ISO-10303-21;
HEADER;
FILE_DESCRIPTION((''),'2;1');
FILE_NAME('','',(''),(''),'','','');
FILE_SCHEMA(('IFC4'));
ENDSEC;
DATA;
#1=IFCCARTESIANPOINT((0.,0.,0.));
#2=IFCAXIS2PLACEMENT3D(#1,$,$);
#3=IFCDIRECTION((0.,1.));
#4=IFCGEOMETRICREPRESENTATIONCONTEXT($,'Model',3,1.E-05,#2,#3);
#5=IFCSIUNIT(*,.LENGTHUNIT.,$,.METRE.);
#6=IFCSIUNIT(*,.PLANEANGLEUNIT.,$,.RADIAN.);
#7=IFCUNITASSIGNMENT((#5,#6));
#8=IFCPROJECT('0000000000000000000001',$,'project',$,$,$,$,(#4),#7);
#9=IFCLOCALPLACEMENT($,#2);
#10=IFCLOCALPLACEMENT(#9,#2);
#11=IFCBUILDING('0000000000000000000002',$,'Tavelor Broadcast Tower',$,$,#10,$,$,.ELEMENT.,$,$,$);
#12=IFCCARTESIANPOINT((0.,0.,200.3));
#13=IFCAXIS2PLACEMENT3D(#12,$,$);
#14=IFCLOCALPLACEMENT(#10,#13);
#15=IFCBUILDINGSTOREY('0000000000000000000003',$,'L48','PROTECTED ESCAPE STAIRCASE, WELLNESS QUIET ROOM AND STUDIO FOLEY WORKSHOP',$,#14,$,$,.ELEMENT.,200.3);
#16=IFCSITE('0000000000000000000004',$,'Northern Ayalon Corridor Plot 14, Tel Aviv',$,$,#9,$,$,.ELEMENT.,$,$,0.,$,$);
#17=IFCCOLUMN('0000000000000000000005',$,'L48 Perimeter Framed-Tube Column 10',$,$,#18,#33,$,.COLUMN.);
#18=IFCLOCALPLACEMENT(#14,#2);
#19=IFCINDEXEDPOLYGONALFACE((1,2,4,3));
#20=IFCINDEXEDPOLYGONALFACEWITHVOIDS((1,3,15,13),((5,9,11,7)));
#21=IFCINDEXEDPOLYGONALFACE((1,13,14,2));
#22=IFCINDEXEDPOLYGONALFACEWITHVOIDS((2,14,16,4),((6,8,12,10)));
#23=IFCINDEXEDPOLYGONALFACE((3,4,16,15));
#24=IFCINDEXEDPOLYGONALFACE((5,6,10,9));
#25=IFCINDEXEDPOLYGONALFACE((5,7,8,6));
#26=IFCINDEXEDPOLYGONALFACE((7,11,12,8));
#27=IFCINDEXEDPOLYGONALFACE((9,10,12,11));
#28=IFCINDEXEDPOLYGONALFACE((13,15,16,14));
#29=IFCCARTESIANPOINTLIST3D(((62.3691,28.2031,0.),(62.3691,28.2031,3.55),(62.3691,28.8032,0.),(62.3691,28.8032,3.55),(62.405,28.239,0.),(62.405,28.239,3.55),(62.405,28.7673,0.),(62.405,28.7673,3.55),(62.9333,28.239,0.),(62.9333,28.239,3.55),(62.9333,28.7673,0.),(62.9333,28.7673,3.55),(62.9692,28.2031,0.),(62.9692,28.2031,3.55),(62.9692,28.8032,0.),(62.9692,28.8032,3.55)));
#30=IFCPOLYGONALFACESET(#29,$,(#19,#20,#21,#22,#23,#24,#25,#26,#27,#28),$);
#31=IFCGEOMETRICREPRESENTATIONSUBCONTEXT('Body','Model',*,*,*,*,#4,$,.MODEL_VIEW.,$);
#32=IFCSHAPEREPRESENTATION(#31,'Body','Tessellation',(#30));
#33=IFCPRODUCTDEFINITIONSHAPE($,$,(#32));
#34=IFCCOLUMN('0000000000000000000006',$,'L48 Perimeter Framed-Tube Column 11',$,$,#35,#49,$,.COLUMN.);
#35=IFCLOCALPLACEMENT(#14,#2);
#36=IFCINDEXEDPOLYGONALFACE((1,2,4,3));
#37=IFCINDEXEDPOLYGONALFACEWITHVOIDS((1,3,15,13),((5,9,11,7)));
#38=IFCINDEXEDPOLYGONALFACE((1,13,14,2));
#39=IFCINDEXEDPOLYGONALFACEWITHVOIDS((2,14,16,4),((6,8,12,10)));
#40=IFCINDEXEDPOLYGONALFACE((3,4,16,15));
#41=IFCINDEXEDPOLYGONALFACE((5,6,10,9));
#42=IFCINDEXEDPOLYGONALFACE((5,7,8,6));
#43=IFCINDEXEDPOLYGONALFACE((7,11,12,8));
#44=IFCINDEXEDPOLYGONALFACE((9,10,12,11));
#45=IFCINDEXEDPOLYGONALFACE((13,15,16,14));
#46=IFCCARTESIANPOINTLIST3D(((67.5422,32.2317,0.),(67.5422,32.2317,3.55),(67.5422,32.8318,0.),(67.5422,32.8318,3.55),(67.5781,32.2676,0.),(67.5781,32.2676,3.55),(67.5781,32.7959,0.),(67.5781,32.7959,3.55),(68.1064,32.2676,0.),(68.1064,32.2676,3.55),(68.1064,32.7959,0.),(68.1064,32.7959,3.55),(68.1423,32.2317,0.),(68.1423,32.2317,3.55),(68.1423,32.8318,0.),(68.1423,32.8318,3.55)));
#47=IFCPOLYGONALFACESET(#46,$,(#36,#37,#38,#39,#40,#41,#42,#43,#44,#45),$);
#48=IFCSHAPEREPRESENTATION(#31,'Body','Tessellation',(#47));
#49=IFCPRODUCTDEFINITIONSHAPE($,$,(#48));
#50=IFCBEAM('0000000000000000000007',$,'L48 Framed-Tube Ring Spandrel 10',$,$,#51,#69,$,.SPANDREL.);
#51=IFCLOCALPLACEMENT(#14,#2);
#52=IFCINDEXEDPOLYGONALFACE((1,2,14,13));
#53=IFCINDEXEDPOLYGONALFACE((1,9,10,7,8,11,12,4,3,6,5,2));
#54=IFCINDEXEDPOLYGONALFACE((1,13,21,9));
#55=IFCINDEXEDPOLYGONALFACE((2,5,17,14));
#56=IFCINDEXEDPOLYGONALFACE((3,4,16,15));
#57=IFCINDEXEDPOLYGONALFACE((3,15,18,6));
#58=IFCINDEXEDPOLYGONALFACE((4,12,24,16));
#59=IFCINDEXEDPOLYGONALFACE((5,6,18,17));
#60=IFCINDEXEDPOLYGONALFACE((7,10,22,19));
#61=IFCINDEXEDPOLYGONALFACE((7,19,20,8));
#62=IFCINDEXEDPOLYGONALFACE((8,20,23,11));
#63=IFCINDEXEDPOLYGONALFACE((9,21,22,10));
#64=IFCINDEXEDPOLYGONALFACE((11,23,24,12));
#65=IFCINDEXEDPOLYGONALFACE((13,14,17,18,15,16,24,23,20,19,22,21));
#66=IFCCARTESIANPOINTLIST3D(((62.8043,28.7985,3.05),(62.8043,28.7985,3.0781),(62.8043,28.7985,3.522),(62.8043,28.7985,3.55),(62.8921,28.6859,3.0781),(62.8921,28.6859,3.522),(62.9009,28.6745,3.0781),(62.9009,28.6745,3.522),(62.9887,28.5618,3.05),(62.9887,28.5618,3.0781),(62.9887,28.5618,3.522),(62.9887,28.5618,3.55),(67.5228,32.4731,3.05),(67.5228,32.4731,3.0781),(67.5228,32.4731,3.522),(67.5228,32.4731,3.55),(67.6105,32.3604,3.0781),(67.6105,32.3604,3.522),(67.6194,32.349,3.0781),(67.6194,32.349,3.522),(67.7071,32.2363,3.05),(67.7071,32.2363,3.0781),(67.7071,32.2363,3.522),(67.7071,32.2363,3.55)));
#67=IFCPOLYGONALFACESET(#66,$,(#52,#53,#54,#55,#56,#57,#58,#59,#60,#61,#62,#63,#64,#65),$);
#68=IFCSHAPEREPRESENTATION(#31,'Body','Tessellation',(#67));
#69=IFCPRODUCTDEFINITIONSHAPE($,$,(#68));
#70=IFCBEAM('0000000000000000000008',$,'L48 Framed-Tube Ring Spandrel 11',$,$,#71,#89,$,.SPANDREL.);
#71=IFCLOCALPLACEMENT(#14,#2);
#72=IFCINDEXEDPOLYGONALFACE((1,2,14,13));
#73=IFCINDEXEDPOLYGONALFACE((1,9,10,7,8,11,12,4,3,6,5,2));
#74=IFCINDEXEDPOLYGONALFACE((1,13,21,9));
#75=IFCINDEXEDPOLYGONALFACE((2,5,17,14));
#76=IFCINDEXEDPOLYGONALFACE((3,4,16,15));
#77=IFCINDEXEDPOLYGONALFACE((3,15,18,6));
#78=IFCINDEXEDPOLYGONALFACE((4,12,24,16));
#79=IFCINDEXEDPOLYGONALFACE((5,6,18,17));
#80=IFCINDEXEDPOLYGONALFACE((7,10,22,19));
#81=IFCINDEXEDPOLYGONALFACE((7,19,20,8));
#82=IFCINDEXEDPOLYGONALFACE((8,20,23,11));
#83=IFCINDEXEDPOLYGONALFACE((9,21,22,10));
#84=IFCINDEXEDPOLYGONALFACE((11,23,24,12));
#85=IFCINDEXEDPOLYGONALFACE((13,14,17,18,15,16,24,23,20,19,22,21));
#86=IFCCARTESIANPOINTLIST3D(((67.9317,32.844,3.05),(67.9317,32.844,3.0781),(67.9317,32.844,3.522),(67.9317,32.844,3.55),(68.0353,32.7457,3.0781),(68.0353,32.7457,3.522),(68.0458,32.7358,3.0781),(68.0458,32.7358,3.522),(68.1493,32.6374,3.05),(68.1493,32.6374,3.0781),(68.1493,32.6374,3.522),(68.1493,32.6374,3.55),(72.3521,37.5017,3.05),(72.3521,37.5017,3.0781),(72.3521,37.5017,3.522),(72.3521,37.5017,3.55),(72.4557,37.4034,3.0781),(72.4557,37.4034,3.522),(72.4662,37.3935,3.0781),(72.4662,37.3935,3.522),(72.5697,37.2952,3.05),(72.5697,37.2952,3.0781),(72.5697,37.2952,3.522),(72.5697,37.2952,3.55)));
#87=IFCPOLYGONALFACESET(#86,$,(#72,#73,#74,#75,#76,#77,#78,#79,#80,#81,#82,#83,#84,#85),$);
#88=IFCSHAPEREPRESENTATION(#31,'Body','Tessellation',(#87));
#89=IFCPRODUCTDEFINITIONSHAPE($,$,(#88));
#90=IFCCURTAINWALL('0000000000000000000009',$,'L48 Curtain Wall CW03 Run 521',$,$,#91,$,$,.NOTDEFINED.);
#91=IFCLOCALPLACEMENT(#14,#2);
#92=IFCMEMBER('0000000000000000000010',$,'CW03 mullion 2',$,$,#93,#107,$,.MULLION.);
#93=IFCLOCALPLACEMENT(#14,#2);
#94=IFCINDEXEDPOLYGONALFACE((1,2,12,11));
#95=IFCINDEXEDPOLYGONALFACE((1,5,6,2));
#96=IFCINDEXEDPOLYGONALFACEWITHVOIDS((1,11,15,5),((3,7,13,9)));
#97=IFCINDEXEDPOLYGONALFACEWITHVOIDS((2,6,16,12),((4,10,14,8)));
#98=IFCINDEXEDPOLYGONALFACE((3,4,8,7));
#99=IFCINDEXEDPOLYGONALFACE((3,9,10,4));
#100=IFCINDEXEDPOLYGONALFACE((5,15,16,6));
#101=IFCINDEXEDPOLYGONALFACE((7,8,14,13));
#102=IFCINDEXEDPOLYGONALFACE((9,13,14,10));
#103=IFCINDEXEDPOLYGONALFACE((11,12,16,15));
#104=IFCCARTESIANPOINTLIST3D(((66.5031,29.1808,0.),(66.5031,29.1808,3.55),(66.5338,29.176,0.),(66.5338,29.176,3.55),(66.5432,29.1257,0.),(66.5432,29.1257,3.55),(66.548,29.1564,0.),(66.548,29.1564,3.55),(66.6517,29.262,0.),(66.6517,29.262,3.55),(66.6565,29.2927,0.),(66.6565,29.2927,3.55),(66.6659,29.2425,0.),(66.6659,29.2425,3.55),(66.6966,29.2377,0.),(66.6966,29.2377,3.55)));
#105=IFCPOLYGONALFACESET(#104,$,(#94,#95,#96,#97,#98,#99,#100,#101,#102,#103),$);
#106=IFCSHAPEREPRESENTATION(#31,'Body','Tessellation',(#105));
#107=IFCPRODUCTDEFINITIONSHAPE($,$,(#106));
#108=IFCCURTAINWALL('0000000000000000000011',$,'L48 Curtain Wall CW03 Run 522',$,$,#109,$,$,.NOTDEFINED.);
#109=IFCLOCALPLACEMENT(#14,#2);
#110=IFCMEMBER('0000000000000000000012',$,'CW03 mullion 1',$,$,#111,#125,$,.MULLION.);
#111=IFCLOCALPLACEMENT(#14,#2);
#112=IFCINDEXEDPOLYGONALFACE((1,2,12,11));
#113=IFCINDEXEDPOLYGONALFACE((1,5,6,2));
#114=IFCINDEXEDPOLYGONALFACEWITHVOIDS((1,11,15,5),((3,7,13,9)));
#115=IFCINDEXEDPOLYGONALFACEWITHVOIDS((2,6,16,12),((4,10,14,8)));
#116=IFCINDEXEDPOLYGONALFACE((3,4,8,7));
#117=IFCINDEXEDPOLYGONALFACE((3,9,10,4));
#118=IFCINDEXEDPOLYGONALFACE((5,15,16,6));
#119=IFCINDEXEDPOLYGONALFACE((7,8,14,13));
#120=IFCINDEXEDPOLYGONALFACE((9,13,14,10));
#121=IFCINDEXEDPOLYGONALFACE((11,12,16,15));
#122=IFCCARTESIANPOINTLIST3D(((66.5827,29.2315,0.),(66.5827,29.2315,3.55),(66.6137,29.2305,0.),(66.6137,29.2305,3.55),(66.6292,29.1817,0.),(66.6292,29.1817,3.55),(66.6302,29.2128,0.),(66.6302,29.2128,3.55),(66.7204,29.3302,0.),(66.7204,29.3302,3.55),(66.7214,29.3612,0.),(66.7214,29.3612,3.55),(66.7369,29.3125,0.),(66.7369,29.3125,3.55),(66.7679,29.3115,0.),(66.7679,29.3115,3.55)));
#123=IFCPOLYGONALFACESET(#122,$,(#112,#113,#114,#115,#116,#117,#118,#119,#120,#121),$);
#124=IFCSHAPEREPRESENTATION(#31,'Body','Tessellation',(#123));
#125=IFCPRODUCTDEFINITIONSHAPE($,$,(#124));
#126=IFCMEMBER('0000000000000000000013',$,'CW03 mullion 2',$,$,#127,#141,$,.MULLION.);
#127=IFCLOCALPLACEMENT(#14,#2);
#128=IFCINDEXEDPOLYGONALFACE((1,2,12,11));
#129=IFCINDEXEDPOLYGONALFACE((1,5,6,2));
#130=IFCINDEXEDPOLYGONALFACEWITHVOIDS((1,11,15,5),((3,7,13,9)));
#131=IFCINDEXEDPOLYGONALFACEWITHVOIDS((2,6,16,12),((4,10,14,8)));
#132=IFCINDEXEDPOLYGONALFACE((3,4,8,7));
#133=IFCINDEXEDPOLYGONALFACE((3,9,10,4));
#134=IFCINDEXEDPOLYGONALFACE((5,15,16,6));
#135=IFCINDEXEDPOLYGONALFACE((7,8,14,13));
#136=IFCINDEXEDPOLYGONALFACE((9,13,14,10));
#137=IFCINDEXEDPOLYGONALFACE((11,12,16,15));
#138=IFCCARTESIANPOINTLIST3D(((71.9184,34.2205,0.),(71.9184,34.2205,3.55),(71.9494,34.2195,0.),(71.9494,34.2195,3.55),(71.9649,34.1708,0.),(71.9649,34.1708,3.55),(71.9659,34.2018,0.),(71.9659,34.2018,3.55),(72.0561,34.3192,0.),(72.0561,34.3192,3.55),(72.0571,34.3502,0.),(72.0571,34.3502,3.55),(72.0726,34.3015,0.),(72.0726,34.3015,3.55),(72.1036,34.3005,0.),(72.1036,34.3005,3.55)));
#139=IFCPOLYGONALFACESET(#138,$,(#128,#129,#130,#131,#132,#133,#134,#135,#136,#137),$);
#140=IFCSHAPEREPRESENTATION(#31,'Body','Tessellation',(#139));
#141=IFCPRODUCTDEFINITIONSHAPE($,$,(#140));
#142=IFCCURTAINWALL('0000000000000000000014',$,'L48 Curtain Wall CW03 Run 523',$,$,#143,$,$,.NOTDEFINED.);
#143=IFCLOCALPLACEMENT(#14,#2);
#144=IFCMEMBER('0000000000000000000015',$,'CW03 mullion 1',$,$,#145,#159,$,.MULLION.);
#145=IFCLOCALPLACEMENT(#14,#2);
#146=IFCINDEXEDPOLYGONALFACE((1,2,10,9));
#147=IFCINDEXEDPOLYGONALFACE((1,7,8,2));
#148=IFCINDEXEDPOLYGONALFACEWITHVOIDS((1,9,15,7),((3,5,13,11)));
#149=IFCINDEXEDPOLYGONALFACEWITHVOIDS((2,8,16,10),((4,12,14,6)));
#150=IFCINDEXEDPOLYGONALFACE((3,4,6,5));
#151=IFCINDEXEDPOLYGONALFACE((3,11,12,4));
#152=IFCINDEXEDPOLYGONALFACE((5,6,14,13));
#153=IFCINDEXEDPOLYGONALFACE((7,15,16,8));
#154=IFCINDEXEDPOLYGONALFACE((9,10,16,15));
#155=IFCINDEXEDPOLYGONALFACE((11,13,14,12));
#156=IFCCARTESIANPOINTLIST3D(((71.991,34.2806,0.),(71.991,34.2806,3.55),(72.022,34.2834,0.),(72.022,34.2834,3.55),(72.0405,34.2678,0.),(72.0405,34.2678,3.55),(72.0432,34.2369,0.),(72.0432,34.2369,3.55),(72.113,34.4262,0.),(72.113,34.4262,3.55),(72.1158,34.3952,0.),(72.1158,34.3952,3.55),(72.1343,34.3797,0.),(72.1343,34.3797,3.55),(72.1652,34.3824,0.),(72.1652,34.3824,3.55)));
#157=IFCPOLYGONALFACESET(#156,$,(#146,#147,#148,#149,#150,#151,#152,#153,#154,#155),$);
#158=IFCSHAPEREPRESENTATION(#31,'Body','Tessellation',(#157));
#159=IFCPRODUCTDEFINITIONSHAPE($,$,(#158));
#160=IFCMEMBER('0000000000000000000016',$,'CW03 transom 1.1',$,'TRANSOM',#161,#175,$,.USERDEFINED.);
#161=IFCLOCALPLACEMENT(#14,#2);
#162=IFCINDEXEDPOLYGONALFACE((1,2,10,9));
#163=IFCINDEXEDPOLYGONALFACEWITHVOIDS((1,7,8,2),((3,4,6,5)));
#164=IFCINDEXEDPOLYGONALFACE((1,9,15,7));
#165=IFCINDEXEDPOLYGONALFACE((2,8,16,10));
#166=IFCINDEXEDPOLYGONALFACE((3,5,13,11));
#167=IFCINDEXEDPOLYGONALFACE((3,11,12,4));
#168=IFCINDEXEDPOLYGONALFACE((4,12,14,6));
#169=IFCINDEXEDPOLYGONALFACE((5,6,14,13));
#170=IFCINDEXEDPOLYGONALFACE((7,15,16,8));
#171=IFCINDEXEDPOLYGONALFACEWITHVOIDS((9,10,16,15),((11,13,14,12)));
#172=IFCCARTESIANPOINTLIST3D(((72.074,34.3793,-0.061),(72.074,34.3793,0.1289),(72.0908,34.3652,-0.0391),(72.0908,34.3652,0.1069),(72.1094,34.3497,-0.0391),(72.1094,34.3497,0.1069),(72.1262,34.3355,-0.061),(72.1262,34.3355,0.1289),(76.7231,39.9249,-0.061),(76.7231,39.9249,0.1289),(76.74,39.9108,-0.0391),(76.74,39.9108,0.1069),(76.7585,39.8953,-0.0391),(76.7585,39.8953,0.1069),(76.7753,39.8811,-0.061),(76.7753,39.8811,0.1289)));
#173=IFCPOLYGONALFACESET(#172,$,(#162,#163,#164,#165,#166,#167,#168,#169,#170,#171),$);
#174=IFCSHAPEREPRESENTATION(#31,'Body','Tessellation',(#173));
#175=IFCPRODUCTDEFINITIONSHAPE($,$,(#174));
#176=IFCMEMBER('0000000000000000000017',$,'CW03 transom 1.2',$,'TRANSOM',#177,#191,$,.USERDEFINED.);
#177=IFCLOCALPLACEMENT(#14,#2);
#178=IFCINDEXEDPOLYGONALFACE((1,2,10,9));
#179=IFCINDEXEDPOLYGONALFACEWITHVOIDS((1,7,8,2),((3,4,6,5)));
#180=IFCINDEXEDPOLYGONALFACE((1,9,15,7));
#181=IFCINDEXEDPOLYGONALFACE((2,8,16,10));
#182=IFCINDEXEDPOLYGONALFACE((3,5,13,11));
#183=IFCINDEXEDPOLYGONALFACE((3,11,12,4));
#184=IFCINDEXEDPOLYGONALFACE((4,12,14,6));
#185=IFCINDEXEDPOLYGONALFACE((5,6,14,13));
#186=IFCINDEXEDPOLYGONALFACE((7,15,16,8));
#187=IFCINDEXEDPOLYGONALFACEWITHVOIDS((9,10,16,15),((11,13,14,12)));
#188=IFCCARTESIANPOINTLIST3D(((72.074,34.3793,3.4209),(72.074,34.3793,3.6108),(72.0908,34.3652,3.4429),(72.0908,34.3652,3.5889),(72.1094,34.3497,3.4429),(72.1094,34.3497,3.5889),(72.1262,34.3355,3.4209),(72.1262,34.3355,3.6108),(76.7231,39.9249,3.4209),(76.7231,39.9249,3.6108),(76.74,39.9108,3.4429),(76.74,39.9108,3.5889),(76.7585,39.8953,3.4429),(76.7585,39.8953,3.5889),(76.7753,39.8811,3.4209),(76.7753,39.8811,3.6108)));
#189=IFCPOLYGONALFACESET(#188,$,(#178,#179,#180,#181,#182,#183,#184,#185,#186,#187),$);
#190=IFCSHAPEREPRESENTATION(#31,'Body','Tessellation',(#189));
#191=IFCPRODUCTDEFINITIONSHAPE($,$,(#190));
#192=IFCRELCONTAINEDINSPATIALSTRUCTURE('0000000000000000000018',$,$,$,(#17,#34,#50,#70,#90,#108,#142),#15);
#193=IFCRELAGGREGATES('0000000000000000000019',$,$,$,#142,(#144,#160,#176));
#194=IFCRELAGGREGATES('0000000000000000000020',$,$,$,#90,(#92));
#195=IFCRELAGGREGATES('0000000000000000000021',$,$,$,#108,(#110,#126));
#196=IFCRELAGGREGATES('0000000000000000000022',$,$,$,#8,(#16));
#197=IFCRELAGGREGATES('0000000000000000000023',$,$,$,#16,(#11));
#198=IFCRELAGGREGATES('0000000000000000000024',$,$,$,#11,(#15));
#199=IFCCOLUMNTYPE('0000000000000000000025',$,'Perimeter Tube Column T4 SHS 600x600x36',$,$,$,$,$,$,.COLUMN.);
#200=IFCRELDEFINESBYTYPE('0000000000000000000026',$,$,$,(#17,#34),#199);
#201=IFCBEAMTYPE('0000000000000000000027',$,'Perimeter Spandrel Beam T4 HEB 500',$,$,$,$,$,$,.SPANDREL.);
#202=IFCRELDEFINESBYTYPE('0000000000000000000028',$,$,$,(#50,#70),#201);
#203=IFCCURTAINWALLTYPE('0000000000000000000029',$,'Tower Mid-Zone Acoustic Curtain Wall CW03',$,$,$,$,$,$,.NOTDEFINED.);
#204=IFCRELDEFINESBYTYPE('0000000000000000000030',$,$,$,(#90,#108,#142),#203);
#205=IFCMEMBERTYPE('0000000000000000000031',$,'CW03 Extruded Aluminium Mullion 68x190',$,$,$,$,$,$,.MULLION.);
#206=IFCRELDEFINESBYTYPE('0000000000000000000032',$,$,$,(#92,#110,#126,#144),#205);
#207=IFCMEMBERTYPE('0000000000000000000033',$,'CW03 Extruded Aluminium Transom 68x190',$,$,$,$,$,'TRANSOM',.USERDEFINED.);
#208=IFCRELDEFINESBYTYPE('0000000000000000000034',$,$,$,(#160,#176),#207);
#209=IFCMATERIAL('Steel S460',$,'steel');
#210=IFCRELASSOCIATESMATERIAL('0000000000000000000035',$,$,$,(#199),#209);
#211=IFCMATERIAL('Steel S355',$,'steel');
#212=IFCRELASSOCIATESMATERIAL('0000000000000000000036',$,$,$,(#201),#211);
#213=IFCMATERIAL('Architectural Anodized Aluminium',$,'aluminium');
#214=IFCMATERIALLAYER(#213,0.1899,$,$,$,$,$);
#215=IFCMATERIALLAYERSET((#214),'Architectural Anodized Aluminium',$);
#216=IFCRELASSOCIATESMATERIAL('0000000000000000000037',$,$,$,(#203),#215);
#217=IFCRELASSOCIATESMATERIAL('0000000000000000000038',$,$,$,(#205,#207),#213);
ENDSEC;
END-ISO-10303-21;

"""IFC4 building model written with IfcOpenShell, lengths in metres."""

from ifc_helpers import new_model, si_unit, direction, frame, origin, origin_2d, place, context, subcontext, project, spatial, hollow_rectangle, i_section, extrude, source, transform, mapped, material, layer, layer_set, material_profile, profile_set, type_object, type_shapes, element, aggregate, save


model = new_model("IFC4")

# Units and contexts
model_context = context("Model", 3, precision=1e-05, world=origin(), true_north=direction((0.0, 1.0)))
body_context = subcontext(model_context, "Body", "Model", "MODEL_VIEW")
ifc_project = project(units=[si_unit("LENGTHUNIT", "METRE"), si_unit("PLANEANGLEUNIT", "RADIAN")], contexts=[model_context])

# Site, building, storey
site_placement = place(None, origin())
site = spatial("IfcSite", under=ifc_project, at=site_placement, Name="Northern Ayalon Corridor Plot 14, Tel Aviv", CompositionType="ELEMENT", RefElevation=0.0)
building_placement = place(site_placement, origin())
building = spatial("IfcBuilding", under=site, at=building_placement, Name="Tavelor Broadcast Tower", CompositionType="ELEMENT")
storey_placement = place(building_placement, frame((0.0, 0.0, 200.3)))
storey = spatial("IfcBuildingStorey", under=building, at=storey_placement, Name="L48", Description="PROTECTED ESCAPE STAIRCASE, WELLNESS QUIET ROOM AND STUDIO FOLEY WORKSHOP", CompositionType="ELEMENT", Elevation=200.3)

# Columns
ifc_material_1 = material(Name="Steel S460", Category="steel")
ifc_material_profile_1 = material_profile(ifc_material_1, hollow_rectangle(XDim=0.6001, YDim=0.6001, WallThickness=0.0359, at=origin_2d()), Name="SHS 600x600x36")
ifc_profile_set_1 = profile_set([ifc_material_profile_1], Name="Steel S460")
column_type = type_object("IfcColumnType", Name="Perimeter Tube Column T4 SHS 600x600x36", PredefinedType="COLUMN", material=ifc_profile_set_1)
for number, where, z_axis, x_axis, name in (
    (1, (62.6692, 28.5032, 0.0), (0.0, 0.0, 1.0), (1.0, 0.0, 0.0), "L48 Perimeter Framed-Tube Column 10"),
    (2, (67.8423, 32.5317, 0.0), (0.0, 0.0, 1.0), (1.0, 0.0, 0.0), "L48 Perimeter Framed-Tube Column 11"),
):
    element("IfcColumn", number, at=place(storey_placement, frame(where, z_axis=z_axis, x_axis=x_axis)), inside=storey, type_object=column_type, Name=name, PredefinedType="COLUMN", context=body_context, shape_type="SweptSolid", body=[
        extrude(hollow_rectangle(XDim=0.6001, YDim=0.6001, WallThickness=0.0359, at=origin_2d()), origin(), (0.0, 0.0, 1.0), 3.55),
    ])

# Beams
ifc_material_2 = material(Name="Steel S355", Category="steel")
ifc_material_profile_2 = material_profile(ifc_material_2, i_section(OverallWidth=0.3, OverallDepth=0.5, WebThickness=0.0144, FlangeThickness=0.0281, at=origin_2d()), Name="HEB 500")
ifc_profile_set_2 = profile_set([ifc_material_profile_2], Name="Steel S355")
beam_type = type_object("IfcBeamType", Name="Perimeter Spandrel Beam T4 HEB 500", PredefinedType="SPANDREL", material=ifc_profile_set_2)
beam_1_placement = place(storey_placement, frame((62.8965, 28.6802, 3.3), z_axis=(0.788978, 0.614421, 0.0), x_axis=(-0.614421, 0.788978, 0.0)))
element("IfcBeam", 3, at=beam_1_placement, inside=storey, type_object=beam_type, Name="L48 Framed-Tube Ring Spandrel 10", PredefinedType="SPANDREL", context=body_context, shape_type="SweptSolid", body=[
    extrude(i_section(OverallWidth=0.3, OverallDepth=0.5, WebThickness=0.0144, FlangeThickness=0.0281, at=origin_2d()), origin(), (0.0, 0.0, 1.0), 5.9805),
])
beam_2_placement = place(storey_placement, frame((68.0405, 32.7407, 3.3), z_axis=(0.688388, 0.725343, 0.0), x_axis=(-0.725343, 0.688388, 0.0)))
element("IfcBeam", 4, at=beam_2_placement, inside=storey, type_object=beam_type, Name="L48 Framed-Tube Ring Spandrel 11", PredefinedType="SPANDREL", context=body_context, shape_type="SweptSolid", body=[
    extrude(i_section(OverallWidth=0.3, OverallDepth=0.5, WebThickness=0.0144, FlangeThickness=0.0281, at=origin_2d()), origin(), (0.0, 0.0, 1.0), 6.4214),
])

# Curtain wall, member
ifc_material_3 = material(Name="Architectural Anodized Aluminium", Category="aluminium")
ifc_layer_1 = layer(ifc_material_3, 0.1899)
ifc_layer_set_1 = layer_set([ifc_layer_1], Name="Architectural Anodized Aluminium")
curtain_wall_type = type_object("IfcCurtainWallType", Name="Tower Mid-Zone Acoustic Curtain Wall CW03", PredefinedType="NOTDEFINED", material=ifc_layer_set_1)
curtain_wall_1_placement = place(storey_placement, origin())
curtain_wall_1 = element("IfcCurtainWall", 5, at=curtain_wall_1_placement, inside=storey, type_object=curtain_wall_type, Name="L48 Curtain Wall CW03 Run 521", PredefinedType="NOTDEFINED")
ifc_material_profile_3 = material_profile(ifc_material_3, hollow_rectangle(XDim=0.0681, YDim=0.1899, WallThickness=0.022, at=origin_2d()), Name="RHS 68x190x22")
ifc_profile_set_3 = profile_set([ifc_material_profile_3], Name="Architectural Anodized Aluminium")
member_type_1 = type_object("IfcMemberType", Name="CW03 Extruded Aluminium Mullion 68x190", PredefinedType="MULLION", material=ifc_profile_set_3)
shared_shape_1 = source(origin(), body_context, "Body", "SweptSolid", [
    extrude(hollow_rectangle(XDim=0.0681, YDim=0.1899, WallThickness=0.022, at=origin_2d()), origin(), (0.0, 0.0, 1.0), 3.55),
])
type_shapes(member_type_1, [shared_shape_1])
member_1_placement = place(storey_placement, frame((66.5999, 29.2092, 0.0), z_axis=(0.0, 0.0, 1.0), x_axis=(-0.589532, 0.807745, 0.0)))
member_1 = element("IfcMember", 6, at=member_1_placement, type_object=member_type_1, Name="CW03 mullion 2", PredefinedType="MULLION", context=body_context, shape_type="MappedRepresentation", body=[
    mapped(shared_shape_1, transform((0.0, 0.0, 0.0), scale=1.0)),
])

# Curtain walls, members
curtain_wall_2_placement = place(storey_placement, origin())
curtain_wall_2 = element("IfcCurtainWall", 7, at=curtain_wall_2_placement, inside=storey, type_object=curtain_wall_type, Name="L48 Curtain Wall CW03 Run 522", PredefinedType="NOTDEFINED")
member_2_placement = place(storey_placement, frame((66.6753, 29.2715, 0.0), z_axis=(0.0, 0.0, 1.0), x_axis=(-0.682965, 0.730451, 0.0)))
member_2 = element("IfcMember", 8, at=member_2_placement, type_object=member_type_1, Name="CW03 mullion 1", PredefinedType="MULLION", context=body_context, shape_type="MappedRepresentation", body=[
    mapped(shared_shape_1, transform((0.0, 0.0, 0.0), scale=1.0)),
])
member_3_placement = place(storey_placement, frame((72.011, 34.2605, 0.0), z_axis=(0.0, 0.0, 1.0), x_axis=(-0.682965, 0.730451, 0.0)))
member_3 = element("IfcMember", 9, at=member_3_placement, type_object=member_type_1, Name="CW03 mullion 2", PredefinedType="MULLION", context=body_context, shape_type="MappedRepresentation", body=[
    mapped(shared_shape_1, transform((0.0, 0.0, 0.0), scale=1.0)),
])
curtain_wall_3_placement = place(storey_placement, origin())
curtain_wall_3 = element("IfcCurtainWall", 10, at=curtain_wall_3_placement, inside=storey, type_object=curtain_wall_type, Name="L48 Curtain Wall CW03 Run 523", PredefinedType="NOTDEFINED")
member_4_placement = place(storey_placement, frame((72.0781, 34.3315, 0.0), z_axis=(0.0, 0.0, 1.0), x_axis=(-0.766333, 0.642443, 0.0)))
member_4 = element("IfcMember", 11, at=member_4_placement, type_object=member_type_1, Name="CW03 mullion 1", PredefinedType="MULLION", context=body_context, shape_type="MappedRepresentation", body=[
    mapped(shared_shape_1, transform((0.0, 0.0, 0.0), scale=1.0)),
])
ifc_material_profile_4 = material_profile(ifc_material_3, hollow_rectangle(XDim=0.0681, YDim=0.1899, WallThickness=0.022, at=origin_2d()), Name="RHS 68x190x22")
ifc_profile_set_4 = profile_set([ifc_material_profile_4], Name="Architectural Anodized Aluminium")
member_type_2 = type_object("IfcMemberType", Name="CW03 Extruded Aluminium Transom 68x190", ElementType="TRANSOM", PredefinedType="USERDEFINED", material=ifc_profile_set_4)
shared_shape_2 = source(origin(), body_context, "Body", "SweptSolid", [
    extrude(hollow_rectangle(XDim=0.0681, YDim=0.1899, WallThickness=0.022, at=origin_2d()), origin(), (0.0, 0.0, 1.0), 7.2366),
])
member_5_placement = place(storey_placement, frame((72.1001, 34.3574, 0.0339), z_axis=(0.642448, 0.766329, 0.0), x_axis=(-0.766329, 0.642448, 0.0)))
member_5 = element("IfcMember", 12, at=member_5_placement, type_object=member_type_2, Name="CW03 transom 1.1", ObjectType="TRANSOM", PredefinedType="USERDEFINED", context=body_context, shape_type="MappedRepresentation", body=[
    mapped(shared_shape_2, transform((0.0, 0.0, 0.0), scale=1.0)),
])
member_6_placement = place(storey_placement, frame((72.1001, 34.3574, 3.5159), z_axis=(0.642448, 0.766329, 0.0), x_axis=(-0.766329, 0.642448, 0.0)))
member_6 = element("IfcMember", 13, at=member_6_placement, type_object=member_type_2, Name="CW03 transom 1.2", ObjectType="TRANSOM", PredefinedType="USERDEFINED", context=body_context, shape_type="MappedRepresentation", body=[
    mapped(shared_shape_2, transform((0.0, 0.0, 0.0), scale=1.0)),
])
aggregate(curtain_wall_3, [member_4, member_5, member_6])

aggregate(curtain_wall_1, [member_1])
aggregate(curtain_wall_2, [member_2, member_3])

save(model, "model.ifc")
